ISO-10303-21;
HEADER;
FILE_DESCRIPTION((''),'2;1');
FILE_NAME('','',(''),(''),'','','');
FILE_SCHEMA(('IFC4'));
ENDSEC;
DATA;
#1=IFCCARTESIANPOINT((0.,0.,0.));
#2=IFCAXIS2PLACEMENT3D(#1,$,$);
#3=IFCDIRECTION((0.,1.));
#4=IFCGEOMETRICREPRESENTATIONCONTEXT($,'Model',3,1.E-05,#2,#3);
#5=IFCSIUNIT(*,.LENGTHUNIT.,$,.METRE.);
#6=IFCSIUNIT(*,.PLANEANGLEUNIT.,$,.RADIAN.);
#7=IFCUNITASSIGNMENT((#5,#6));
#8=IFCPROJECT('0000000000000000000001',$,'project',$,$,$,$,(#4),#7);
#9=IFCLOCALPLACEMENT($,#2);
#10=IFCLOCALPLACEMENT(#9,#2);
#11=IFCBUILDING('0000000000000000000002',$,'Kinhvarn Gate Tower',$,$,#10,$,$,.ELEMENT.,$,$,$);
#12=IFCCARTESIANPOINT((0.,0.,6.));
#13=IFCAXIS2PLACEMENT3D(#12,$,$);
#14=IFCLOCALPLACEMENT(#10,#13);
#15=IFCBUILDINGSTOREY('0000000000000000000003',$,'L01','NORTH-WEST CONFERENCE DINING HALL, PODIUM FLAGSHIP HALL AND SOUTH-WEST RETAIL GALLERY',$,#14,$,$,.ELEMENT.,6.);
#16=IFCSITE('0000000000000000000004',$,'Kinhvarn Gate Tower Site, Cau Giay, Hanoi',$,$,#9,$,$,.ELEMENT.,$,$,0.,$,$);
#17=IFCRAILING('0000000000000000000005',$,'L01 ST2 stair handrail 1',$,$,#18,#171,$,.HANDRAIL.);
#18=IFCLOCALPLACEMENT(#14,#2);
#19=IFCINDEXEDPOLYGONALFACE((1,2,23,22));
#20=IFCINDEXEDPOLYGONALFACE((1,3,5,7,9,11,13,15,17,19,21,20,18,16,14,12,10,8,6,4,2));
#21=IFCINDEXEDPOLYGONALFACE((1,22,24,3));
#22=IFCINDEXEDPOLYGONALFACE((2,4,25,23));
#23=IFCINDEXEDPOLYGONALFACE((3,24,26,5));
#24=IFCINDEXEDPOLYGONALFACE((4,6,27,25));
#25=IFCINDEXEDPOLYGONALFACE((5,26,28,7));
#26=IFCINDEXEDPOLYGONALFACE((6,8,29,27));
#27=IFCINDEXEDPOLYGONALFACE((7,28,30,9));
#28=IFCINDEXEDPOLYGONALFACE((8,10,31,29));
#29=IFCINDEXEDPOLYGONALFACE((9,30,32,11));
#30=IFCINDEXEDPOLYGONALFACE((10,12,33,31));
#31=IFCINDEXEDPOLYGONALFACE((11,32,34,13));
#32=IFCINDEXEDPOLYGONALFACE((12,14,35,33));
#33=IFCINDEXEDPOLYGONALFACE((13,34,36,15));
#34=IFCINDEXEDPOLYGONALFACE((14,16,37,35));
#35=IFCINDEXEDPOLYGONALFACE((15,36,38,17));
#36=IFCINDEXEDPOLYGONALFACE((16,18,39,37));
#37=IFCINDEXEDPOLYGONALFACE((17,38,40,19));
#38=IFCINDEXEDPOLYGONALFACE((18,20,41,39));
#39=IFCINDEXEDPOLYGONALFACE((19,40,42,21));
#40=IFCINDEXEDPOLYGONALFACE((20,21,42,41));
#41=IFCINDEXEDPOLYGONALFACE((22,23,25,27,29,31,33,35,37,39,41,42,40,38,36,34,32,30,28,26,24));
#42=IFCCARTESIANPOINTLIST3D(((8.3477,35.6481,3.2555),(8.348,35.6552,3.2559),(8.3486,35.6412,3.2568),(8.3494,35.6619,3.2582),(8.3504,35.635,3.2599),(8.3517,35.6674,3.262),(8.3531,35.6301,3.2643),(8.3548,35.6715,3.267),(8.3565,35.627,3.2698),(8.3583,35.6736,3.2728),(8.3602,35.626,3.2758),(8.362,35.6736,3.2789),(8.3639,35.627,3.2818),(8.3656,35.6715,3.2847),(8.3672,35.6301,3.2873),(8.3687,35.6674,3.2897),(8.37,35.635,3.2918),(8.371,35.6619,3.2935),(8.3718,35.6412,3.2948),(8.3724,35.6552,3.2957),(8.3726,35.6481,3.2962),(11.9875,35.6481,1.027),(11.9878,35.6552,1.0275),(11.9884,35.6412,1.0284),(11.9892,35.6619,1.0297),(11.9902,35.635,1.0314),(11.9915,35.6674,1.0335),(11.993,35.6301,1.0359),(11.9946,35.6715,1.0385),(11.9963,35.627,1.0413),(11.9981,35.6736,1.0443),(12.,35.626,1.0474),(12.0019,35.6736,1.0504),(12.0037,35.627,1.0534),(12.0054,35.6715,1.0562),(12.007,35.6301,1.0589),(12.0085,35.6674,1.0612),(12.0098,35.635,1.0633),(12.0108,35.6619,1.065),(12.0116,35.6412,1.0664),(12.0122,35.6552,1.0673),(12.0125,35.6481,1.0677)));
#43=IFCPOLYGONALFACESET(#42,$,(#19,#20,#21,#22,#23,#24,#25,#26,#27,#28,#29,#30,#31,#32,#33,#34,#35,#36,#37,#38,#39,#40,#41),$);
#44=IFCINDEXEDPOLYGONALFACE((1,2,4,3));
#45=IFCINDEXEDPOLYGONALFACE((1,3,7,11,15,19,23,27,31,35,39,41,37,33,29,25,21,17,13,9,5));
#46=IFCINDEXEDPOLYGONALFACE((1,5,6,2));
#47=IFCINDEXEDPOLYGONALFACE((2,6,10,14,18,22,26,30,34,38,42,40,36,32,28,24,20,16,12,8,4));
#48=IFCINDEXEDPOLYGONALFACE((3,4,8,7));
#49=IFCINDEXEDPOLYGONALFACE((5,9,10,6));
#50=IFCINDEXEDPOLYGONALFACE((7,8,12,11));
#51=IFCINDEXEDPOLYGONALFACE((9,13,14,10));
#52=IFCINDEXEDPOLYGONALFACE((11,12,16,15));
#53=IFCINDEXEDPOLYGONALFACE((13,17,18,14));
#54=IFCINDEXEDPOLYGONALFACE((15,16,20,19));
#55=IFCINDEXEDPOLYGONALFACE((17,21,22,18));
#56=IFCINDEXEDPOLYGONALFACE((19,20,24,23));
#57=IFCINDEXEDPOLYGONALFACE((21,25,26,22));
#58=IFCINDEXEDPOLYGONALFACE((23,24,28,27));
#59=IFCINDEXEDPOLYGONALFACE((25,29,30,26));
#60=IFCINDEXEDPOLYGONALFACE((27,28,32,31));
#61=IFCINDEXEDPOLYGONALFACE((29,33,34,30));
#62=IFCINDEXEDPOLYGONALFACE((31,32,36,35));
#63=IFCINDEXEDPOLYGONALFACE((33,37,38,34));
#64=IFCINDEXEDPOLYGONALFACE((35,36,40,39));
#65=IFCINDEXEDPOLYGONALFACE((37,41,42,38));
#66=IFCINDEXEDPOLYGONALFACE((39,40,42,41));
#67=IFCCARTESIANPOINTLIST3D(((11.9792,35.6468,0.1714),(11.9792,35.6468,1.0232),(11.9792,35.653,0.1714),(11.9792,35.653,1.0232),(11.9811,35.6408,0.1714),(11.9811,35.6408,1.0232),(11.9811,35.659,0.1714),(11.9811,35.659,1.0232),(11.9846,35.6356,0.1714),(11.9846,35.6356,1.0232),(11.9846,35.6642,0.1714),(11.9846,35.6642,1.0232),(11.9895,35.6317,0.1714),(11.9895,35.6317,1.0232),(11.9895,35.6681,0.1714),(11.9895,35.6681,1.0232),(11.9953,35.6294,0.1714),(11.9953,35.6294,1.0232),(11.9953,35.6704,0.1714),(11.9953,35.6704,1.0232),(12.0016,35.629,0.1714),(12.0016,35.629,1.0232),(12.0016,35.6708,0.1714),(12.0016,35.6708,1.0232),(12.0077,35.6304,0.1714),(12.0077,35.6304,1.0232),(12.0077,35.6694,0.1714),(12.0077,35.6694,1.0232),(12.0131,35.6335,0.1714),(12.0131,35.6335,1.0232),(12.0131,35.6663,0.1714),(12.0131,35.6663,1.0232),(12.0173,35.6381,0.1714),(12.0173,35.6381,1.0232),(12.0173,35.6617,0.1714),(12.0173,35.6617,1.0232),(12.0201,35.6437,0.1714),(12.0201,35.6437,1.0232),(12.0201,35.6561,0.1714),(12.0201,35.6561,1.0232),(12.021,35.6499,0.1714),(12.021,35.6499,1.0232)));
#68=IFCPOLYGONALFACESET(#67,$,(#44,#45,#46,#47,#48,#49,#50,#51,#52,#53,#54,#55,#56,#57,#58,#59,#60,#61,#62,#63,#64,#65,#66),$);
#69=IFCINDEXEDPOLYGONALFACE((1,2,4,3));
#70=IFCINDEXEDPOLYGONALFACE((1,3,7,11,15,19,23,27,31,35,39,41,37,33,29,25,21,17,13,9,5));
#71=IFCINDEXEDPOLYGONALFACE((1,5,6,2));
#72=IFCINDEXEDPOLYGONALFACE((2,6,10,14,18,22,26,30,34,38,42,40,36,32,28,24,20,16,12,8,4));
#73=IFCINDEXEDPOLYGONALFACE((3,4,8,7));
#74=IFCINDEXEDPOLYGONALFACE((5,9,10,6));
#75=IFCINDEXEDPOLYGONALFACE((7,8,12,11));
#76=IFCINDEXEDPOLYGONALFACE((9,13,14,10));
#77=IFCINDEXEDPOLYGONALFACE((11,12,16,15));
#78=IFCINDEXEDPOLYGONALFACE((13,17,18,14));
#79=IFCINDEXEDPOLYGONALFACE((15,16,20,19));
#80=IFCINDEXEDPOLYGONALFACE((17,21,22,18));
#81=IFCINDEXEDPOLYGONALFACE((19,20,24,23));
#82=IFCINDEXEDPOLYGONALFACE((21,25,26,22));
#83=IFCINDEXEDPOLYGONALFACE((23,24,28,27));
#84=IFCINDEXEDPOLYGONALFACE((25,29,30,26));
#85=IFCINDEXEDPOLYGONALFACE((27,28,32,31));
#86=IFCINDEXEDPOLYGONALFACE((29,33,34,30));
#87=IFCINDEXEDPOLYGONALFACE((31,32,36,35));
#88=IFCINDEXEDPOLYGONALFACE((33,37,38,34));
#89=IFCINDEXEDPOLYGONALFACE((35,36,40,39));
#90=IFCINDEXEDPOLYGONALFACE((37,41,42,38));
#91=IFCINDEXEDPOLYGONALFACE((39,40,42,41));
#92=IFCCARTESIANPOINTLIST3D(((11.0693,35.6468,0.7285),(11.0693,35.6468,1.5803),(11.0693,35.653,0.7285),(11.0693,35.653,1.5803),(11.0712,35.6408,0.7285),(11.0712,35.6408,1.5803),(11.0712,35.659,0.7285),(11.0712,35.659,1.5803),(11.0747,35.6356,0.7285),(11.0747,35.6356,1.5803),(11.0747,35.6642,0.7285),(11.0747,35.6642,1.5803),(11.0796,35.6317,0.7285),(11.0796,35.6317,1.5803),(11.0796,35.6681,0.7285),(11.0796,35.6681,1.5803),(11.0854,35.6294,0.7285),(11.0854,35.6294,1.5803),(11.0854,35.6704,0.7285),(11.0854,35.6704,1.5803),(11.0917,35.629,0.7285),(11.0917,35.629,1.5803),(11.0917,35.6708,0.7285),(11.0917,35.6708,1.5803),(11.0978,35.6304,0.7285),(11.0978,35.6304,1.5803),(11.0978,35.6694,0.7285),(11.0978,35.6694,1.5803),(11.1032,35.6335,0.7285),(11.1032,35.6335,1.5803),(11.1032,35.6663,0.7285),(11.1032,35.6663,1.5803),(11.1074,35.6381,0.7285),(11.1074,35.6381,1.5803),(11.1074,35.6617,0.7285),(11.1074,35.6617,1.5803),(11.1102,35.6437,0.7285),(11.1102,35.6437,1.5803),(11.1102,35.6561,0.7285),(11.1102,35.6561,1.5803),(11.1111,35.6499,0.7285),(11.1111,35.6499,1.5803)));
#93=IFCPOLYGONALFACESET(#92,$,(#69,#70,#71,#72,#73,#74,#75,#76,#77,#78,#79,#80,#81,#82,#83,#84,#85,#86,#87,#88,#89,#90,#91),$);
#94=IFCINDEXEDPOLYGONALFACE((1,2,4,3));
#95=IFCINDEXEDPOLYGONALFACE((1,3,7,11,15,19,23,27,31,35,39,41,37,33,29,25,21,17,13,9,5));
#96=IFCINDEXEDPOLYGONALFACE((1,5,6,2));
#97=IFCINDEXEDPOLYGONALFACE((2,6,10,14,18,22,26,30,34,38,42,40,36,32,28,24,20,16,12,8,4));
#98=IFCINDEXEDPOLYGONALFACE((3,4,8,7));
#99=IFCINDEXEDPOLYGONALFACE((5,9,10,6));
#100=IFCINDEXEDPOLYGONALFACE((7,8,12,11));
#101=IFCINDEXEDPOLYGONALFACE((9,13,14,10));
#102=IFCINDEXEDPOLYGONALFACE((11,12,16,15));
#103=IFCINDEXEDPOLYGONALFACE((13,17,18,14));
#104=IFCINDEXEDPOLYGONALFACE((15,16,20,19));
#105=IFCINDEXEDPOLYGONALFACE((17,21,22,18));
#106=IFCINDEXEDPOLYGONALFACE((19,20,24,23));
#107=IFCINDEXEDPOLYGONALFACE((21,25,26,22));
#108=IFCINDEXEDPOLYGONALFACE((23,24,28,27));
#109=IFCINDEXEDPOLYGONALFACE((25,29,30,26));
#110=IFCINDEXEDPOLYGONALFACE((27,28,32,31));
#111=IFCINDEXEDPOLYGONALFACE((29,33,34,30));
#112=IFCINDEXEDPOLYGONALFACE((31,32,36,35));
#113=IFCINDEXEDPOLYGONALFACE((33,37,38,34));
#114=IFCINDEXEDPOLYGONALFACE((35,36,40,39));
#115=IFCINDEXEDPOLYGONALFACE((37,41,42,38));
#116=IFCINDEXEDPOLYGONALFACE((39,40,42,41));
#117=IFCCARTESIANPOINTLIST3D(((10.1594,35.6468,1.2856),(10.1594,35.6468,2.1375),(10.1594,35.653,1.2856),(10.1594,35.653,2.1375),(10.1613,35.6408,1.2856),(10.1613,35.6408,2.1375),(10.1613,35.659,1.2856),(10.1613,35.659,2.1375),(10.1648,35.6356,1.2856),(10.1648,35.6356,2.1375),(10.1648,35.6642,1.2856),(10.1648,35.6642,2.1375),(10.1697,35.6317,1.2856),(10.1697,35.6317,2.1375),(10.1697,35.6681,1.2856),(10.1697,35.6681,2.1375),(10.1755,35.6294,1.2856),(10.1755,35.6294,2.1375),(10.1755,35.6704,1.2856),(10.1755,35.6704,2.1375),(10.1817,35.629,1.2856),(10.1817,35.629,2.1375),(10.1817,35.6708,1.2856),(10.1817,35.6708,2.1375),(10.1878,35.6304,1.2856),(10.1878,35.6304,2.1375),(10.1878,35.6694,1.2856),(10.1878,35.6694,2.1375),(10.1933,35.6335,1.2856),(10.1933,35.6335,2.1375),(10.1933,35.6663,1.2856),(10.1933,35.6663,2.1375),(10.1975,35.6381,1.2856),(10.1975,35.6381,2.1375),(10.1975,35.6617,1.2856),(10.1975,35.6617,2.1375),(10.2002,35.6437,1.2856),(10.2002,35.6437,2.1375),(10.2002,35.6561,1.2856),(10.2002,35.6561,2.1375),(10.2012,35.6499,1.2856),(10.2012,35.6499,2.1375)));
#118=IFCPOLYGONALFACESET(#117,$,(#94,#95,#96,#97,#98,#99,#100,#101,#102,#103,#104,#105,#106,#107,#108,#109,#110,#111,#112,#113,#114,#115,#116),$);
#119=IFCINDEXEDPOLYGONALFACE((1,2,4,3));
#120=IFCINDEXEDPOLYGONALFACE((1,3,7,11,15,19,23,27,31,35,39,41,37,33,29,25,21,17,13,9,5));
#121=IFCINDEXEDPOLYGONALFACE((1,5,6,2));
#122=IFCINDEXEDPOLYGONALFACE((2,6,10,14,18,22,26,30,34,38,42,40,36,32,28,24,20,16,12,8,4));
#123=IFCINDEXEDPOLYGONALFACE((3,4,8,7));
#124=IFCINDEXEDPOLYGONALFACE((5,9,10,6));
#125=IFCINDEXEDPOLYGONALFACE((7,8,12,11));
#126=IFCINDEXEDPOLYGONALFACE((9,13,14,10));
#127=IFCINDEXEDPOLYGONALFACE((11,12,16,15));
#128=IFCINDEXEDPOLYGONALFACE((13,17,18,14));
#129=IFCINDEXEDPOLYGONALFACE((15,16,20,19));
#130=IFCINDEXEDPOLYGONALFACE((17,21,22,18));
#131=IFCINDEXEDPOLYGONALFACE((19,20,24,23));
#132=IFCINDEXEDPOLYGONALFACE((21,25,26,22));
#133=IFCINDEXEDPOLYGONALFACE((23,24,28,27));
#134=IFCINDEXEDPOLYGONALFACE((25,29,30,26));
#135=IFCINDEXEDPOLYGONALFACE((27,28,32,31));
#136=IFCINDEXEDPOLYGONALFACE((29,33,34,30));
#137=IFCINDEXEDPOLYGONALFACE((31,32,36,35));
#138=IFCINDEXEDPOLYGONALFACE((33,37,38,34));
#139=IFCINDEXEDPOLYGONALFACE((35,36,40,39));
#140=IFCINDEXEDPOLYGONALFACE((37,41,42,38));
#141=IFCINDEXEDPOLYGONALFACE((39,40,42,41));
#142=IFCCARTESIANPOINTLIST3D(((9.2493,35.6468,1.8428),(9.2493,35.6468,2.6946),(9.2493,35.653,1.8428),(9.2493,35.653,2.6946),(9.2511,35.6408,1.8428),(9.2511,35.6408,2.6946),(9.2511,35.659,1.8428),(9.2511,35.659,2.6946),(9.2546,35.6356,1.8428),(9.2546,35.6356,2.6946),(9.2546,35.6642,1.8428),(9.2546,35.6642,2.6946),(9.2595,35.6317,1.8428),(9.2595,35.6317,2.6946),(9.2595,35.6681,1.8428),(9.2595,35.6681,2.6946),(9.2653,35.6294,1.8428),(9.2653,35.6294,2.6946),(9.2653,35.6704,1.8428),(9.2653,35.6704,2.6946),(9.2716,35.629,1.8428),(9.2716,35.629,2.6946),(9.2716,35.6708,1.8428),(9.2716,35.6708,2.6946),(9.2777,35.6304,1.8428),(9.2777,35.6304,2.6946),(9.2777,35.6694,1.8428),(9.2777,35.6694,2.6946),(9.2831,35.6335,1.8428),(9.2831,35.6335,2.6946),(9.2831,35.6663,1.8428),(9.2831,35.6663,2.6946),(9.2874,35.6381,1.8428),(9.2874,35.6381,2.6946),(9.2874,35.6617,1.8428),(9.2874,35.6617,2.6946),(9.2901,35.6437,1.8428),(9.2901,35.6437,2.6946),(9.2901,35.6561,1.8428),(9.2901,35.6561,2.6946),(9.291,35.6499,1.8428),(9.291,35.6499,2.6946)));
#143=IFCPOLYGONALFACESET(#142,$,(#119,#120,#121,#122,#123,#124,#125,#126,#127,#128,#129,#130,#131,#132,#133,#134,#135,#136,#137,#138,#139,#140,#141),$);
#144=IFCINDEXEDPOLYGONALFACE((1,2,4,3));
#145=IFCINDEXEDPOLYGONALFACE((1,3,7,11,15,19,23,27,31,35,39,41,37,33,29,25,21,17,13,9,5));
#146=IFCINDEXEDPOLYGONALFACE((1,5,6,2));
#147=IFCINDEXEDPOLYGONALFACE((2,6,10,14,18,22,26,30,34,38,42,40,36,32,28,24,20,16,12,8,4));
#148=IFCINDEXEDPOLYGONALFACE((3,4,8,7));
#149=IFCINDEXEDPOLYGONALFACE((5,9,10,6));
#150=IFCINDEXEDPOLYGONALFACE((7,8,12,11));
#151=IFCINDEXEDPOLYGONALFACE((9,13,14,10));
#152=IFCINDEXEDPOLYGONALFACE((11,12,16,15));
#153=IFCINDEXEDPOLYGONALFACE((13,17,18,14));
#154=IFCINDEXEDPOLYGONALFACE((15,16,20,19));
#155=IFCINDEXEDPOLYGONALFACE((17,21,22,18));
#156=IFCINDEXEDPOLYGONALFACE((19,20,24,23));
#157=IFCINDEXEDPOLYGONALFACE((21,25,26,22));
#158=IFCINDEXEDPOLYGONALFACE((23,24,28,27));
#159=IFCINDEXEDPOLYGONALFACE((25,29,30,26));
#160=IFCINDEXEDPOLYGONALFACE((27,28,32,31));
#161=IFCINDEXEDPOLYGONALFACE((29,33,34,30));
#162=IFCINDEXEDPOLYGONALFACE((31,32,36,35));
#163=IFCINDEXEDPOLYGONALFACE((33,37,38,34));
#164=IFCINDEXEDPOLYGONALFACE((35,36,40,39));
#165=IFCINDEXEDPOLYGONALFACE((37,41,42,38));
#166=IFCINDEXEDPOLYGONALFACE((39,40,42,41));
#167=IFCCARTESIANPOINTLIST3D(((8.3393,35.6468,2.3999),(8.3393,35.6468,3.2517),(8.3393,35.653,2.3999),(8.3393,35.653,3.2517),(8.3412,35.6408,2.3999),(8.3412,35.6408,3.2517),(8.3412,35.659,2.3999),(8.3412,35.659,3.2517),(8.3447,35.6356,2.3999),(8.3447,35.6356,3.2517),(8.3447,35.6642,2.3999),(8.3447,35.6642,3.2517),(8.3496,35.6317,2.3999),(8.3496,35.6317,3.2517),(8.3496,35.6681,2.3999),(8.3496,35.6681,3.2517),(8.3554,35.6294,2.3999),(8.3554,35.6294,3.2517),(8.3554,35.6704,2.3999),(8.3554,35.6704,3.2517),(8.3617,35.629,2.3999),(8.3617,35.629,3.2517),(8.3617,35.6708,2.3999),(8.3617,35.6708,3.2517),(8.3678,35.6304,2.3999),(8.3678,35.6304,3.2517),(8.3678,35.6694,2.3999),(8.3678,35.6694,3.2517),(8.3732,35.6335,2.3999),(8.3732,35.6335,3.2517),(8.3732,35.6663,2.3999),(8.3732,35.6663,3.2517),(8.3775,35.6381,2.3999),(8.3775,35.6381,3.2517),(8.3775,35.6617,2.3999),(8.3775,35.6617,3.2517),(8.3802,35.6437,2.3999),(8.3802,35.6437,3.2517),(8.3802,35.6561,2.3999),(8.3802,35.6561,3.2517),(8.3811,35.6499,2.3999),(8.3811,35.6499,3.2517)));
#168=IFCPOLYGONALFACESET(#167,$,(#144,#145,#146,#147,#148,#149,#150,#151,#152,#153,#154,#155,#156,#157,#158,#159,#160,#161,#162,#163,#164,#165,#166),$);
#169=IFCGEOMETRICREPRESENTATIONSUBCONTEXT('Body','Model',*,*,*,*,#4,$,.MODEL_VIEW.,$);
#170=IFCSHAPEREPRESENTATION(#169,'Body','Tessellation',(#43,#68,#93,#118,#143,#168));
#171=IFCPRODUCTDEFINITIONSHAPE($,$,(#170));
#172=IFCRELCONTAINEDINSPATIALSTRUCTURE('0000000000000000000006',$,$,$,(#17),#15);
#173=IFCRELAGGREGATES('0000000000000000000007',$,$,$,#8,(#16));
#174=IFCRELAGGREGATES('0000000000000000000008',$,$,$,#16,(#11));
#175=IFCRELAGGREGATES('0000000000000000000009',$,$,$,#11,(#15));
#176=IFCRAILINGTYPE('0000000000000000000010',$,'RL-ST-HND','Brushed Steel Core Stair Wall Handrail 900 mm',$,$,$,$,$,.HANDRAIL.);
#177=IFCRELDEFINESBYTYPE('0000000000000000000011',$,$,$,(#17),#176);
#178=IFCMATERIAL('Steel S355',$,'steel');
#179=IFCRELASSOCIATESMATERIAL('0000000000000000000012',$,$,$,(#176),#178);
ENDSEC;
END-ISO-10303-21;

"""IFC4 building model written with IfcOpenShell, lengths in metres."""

from ifc_helpers import new_model, si_unit, direction, frame, origin, origin_2d, place, context, subcontext, project, spatial, circle, extrude, material, type_object, element, save


model = new_model("IFC4")

# Units and contexts
model_context = context("Model", 3, precision=1e-05, world=origin(), true_north=direction((0.0, 1.0)))
body_context = subcontext(model_context, "Body", "Model", "MODEL_VIEW")
ifc_project = project(units=[si_unit("LENGTHUNIT", "METRE"), si_unit("PLANEANGLEUNIT", "RADIAN")], contexts=[model_context])

# Site, building, storey
site_placement = place(None, origin())
site = spatial("IfcSite", under=ifc_project, at=site_placement, Name="Kinhvarn Gate Tower Site, Cau Giay, Hanoi", CompositionType="ELEMENT", RefElevation=0.0)
building_placement = place(site_placement, origin())
building = spatial("IfcBuilding", under=site, at=building_placement, Name="Kinhvarn Gate Tower", CompositionType="ELEMENT")
storey_placement = place(building_placement, frame((0.0, 0.0, 6.0)))
storey = spatial("IfcBuildingStorey", under=building, at=storey_placement, Name="L01", Description="NORTH-WEST CONFERENCE DINING HALL, PODIUM FLAGSHIP HALL AND SOUTH-WEST RETAIL GALLERY", CompositionType="ELEMENT", Elevation=6.0)

# Shared definitions
ifc_material_1 = material(Name="Steel S355", Category="steel")

# Railing
railing_type_1 = type_object("IfcRailingType", Name="RL-ST-HND", Description="Brushed Steel Core Stair Wall Handrail 900 mm", PredefinedType="HANDRAIL", material=ifc_material_1)
railing_1_placement = place(storey_placement, frame((12.0, 35.6499, 0.1714)))
element("IfcRailing", 1, at=railing_1_placement, inside=storey, type_object=railing_type_1, Name="L01 ST2 stair handrail 1", PredefinedType="HANDRAIL", context=body_context, shape_type="SweptSolid", body=[
    extrude(circle(Radius=0.0239, at=origin_2d()), frame((0.0, 0.0, 0.876), z_axis=(-0.85285, 0.0, 0.522156), x_axis=(0.0, -1.0, 0.0)), (0.0, 0.0, 1.0), 4.2678),
    extrude(circle(Radius=0.021, at=origin_2d()), origin(), (0.0, 0.0, 1.0), 0.8518),
    extrude(circle(Radius=0.021, at=origin_2d()), frame((-0.9099, 0.0, 0.5571)), (0.0, 0.0, 1.0), 0.8518),
    extrude(circle(Radius=0.021, at=origin_2d()), frame((-1.8198, 0.0, 1.1143)), (0.0, 0.0, 1.0), 0.8518),
    extrude(circle(Radius=0.021, at=origin_2d()), frame((-2.73, 0.0, 1.6714)), (0.0, 0.0, 1.0), 0.8518),
    extrude(circle(Radius=0.021, at=origin_2d()), frame((-3.6399, 0.0, 2.2285)), (0.0, 0.0, 1.0), 0.8518),
])

save(model, "model.ifc")
